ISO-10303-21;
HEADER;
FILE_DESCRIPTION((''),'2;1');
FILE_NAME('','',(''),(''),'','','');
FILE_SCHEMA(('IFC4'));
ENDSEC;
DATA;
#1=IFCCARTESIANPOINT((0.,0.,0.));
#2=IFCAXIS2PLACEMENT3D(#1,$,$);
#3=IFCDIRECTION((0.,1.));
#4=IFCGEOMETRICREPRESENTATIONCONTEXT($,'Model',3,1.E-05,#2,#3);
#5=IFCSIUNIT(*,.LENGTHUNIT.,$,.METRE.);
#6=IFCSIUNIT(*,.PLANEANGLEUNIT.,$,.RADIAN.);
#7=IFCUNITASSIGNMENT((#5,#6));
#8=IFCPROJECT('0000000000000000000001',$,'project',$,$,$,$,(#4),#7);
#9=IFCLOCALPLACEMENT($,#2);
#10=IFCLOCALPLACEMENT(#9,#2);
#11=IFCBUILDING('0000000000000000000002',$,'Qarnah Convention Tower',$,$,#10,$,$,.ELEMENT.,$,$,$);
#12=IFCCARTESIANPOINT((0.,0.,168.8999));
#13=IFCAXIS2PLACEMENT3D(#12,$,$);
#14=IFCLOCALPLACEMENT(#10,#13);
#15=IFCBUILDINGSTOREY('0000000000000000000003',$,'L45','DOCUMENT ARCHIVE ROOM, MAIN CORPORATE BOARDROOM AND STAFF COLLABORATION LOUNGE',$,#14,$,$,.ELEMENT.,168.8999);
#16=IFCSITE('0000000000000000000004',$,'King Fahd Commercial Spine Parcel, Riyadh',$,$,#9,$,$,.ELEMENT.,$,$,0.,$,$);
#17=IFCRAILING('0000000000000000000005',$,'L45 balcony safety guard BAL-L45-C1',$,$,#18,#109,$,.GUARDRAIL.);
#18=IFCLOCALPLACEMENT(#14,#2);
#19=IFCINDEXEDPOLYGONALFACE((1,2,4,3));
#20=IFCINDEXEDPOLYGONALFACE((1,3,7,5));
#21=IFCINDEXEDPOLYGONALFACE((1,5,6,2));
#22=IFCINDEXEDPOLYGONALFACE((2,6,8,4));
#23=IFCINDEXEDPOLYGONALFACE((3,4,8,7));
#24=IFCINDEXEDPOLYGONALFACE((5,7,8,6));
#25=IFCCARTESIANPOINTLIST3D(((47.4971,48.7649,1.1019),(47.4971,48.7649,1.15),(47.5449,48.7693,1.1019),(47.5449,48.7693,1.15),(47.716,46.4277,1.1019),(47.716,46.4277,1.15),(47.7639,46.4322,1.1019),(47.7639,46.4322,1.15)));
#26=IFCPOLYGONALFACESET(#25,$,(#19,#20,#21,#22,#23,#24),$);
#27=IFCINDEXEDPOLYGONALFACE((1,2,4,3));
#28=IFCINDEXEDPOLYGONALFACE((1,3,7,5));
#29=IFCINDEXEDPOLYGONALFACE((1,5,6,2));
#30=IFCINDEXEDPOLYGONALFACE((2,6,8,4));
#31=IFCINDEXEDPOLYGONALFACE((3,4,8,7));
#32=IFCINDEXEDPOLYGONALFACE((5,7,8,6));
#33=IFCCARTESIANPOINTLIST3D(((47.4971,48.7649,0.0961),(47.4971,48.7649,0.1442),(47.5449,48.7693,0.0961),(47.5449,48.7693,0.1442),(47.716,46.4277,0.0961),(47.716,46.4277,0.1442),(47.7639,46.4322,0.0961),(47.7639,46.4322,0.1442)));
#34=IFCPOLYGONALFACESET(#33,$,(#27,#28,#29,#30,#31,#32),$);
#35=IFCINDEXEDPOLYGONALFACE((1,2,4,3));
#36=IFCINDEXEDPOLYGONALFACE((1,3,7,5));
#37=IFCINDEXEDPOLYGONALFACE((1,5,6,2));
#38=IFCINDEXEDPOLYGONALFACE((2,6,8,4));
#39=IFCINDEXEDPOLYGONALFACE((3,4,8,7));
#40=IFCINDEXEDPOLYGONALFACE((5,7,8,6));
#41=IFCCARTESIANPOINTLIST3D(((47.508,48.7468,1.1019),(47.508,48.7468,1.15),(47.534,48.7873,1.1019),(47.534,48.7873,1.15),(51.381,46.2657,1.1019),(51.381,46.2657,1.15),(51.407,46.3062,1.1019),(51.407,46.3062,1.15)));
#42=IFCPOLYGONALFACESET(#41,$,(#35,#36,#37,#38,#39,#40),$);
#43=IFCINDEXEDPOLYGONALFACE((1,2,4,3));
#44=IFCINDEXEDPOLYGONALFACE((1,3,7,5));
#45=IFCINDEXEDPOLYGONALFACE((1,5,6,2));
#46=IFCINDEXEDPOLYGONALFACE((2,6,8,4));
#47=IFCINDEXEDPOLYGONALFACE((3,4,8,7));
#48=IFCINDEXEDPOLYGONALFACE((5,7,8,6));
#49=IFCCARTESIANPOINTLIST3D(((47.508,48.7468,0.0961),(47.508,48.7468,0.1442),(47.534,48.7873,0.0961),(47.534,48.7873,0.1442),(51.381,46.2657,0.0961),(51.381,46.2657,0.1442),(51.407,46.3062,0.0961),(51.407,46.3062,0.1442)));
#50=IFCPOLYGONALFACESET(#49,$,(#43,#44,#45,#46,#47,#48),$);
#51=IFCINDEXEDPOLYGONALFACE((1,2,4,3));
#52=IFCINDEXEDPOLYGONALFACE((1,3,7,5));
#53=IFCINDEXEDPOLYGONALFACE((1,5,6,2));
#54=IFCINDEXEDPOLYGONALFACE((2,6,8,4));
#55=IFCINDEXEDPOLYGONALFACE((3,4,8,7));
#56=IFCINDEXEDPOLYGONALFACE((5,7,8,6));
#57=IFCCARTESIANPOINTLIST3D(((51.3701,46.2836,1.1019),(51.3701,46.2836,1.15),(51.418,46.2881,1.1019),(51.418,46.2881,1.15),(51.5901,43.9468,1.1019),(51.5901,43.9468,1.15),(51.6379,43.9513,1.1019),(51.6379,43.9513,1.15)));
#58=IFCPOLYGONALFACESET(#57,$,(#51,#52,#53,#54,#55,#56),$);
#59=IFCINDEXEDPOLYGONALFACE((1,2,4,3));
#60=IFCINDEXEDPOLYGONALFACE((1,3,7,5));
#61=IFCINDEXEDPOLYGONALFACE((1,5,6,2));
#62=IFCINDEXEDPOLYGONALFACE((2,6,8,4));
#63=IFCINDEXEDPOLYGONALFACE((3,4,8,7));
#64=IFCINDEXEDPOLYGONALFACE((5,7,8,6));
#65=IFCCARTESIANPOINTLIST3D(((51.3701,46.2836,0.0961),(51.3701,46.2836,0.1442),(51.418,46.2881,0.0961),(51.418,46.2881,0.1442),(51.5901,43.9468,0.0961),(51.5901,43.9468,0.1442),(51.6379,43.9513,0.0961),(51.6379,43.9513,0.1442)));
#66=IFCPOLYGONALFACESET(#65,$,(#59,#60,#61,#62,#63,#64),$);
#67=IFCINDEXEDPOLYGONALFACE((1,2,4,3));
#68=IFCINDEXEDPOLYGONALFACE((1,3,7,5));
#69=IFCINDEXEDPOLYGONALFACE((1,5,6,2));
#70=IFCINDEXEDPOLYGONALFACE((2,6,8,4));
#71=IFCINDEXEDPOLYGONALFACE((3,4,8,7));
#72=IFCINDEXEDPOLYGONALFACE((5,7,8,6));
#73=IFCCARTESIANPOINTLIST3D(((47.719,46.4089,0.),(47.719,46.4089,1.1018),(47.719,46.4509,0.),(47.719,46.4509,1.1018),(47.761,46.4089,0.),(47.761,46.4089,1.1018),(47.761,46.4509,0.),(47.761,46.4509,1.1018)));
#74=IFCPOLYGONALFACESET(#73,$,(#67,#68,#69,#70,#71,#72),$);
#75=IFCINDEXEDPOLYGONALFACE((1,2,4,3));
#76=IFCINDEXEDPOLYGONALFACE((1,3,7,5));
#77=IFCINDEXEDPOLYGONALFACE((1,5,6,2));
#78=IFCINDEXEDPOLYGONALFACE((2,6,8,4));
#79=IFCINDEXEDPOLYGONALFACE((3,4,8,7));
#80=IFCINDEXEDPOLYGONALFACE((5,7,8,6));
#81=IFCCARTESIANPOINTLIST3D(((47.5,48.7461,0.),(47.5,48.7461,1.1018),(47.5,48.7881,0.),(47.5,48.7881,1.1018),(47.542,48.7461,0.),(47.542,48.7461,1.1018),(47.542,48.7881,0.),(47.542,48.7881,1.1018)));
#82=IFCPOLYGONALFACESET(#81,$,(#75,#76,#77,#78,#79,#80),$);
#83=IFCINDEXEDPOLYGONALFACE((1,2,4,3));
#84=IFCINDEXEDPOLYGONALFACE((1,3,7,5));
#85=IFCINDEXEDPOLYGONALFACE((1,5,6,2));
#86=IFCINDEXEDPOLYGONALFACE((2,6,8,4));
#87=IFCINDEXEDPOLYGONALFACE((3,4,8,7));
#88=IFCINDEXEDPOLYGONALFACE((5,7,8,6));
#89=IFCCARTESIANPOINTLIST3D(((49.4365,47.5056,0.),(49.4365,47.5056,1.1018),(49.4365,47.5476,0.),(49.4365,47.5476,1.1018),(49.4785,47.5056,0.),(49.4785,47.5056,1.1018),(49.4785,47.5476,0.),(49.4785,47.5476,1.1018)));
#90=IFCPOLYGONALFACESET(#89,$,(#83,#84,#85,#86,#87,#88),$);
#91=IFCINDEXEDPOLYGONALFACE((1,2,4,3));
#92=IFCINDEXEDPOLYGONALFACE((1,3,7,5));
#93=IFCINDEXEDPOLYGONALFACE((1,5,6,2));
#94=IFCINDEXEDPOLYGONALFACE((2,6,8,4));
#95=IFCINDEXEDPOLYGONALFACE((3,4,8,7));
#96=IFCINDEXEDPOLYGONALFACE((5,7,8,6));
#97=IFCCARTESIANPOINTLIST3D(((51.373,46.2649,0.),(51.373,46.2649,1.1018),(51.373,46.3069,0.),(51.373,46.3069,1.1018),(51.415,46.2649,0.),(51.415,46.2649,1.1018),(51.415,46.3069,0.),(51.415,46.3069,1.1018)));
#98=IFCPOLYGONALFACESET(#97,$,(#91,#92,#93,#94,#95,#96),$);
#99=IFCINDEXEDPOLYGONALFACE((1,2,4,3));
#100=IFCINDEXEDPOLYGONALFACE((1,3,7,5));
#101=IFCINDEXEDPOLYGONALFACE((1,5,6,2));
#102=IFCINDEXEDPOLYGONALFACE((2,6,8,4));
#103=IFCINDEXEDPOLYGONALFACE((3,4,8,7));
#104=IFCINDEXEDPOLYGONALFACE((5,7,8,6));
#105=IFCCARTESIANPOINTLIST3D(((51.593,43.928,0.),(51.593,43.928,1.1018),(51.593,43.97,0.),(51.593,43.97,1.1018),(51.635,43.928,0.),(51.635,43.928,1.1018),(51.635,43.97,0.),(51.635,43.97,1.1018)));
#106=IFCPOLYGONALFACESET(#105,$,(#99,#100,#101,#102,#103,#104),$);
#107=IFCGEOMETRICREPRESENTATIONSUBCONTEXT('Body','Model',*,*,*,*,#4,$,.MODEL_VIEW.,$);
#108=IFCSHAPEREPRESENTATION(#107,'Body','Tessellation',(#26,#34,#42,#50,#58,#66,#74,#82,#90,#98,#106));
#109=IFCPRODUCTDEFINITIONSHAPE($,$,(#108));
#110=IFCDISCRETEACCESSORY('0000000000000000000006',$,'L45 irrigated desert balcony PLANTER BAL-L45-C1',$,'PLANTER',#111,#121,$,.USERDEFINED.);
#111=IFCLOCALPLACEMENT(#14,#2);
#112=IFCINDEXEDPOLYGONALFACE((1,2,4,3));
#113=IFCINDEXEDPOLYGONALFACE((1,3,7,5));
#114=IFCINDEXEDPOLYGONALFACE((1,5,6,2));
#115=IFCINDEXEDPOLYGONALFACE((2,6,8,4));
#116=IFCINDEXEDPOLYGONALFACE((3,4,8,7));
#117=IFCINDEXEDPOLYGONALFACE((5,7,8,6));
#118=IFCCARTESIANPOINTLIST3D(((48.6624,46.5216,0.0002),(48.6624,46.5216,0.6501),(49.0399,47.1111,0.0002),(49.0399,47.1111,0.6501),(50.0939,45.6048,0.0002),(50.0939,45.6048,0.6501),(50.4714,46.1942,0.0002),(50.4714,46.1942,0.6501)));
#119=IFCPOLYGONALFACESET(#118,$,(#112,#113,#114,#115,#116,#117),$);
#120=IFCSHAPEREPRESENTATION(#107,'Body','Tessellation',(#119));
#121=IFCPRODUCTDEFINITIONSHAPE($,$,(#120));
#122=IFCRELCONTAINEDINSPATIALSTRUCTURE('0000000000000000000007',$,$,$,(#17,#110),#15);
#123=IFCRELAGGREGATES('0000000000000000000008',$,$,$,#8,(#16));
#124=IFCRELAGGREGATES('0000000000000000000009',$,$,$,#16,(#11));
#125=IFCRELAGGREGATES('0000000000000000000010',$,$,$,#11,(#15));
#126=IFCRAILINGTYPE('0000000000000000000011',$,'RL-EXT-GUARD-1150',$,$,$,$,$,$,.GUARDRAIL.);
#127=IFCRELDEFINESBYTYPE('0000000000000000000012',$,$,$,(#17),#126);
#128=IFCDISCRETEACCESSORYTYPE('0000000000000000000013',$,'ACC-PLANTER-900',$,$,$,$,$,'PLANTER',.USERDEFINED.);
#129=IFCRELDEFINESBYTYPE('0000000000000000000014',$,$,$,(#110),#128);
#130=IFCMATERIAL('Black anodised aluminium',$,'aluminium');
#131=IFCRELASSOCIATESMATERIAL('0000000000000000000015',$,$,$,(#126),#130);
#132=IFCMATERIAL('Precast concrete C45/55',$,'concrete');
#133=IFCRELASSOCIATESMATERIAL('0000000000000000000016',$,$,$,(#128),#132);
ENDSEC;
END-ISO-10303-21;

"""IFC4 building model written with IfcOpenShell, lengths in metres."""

from ifc_helpers import new_model, si_unit, direction, frame, origin, origin_2d, place, context, subcontext, project, spatial, rectangle, extrude, material, type_object, element, save


model = new_model("IFC4")

# Units and contexts
model_context = context("Model", 3, precision=1e-05, world=origin(), true_north=direction((0.0, 1.0)))
body_context = subcontext(model_context, "Body", "Model", "MODEL_VIEW")
ifc_project = project(units=[si_unit("LENGTHUNIT", "METRE"), si_unit("PLANEANGLEUNIT", "RADIAN")], contexts=[model_context])

# Site, building, storey
site_placement = place(None, origin())
site = spatial("IfcSite", under=ifc_project, at=site_placement, Name="King Fahd Commercial Spine Parcel, Riyadh", CompositionType="ELEMENT", RefElevation=0.0)
building_placement = place(site_placement, origin())
building = spatial("IfcBuilding", under=site, at=building_placement, Name="Qarnah Convention Tower", CompositionType="ELEMENT")
storey_placement = place(building_placement, frame((0.0, 0.0, 168.8999)))
storey = spatial("IfcBuildingStorey", under=building, at=storey_placement, Name="L45", Description="DOCUMENT ARCHIVE ROOM, MAIN CORPORATE BOARDROOM AND STAFF COLLABORATION LOUNGE", CompositionType="ELEMENT", Elevation=168.8999)

# Shared definitions
ifc_material_1 = material(Name="Black anodised aluminium", Category="aluminium")

# Shared definitions
ifc_material_2 = material(Name="Precast concrete C45/55", Category="concrete")

# Railing
railing_type = type_object("IfcRailingType", Name="RL-EXT-GUARD-1150", PredefinedType="GUARDRAIL", material=ifc_material_1)
railing_1_placement = place(storey_placement, frame((47.74, 46.4299, 0.0)))
element("IfcRailing", 1, at=railing_1_placement, inside=storey, type_object=railing_type, Name="L45 balcony safety guard BAL-L45-C1", PredefinedType="GUARDRAIL", context=body_context, shape_type="SweptSolid", body=[
    extrude(rectangle(XDim=0.0481, YDim=0.0481, at=origin_2d()), frame((0.0, 0.0, 1.126), z_axis=(-0.093292, 0.995639, 0.0), x_axis=(-0.995639, -0.093292, 0.0)), (0.0, 0.0, 1.0), 2.3474),
    extrude(rectangle(XDim=0.0481, YDim=0.0481, at=origin_2d()), frame((0.0, 0.0, 0.1201), z_axis=(-0.093292, 0.995639, 0.0), x_axis=(-0.995639, -0.093292, 0.0)), (0.0, 0.0, 1.0), 2.3474),
    extrude(rectangle(XDim=0.0481, YDim=0.0481, at=origin_2d()), frame((-0.219, 2.3372, 1.126), z_axis=(0.842029, -0.539432, 0.0), x_axis=(0.539432, 0.842029, 0.0)), (0.0, 0.0, 1.0), 4.5996),
    extrude(rectangle(XDim=0.0481, YDim=0.0481, at=origin_2d()), frame((-0.219, 2.3372, 0.1201), z_axis=(0.842029, -0.539432, 0.0), x_axis=(0.539432, 0.842029, 0.0)), (0.0, 0.0, 1.0), 4.5996),
    extrude(rectangle(XDim=0.0481, YDim=0.0481, at=origin_2d()), frame((3.6541, -0.144, 1.126), z_axis=(0.093714, -0.995599, 0.0), x_axis=(0.995599, 0.093714, 0.0)), (0.0, 0.0, 1.0), 2.3472),
    extrude(rectangle(XDim=0.0481, YDim=0.0481, at=origin_2d()), frame((3.6541, -0.144, 0.1201), z_axis=(0.093714, -0.995599, 0.0), x_axis=(0.995599, 0.093714, 0.0)), (0.0, 0.0, 1.0), 2.3472),
    extrude(rectangle(XDim=0.042, YDim=0.042, at=origin_2d()), origin(), (0.0, 0.0, 1.0), 1.1018),
    extrude(rectangle(XDim=0.042, YDim=0.042, at=origin_2d()), frame((-0.219, 2.3372, 0.0)), (0.0, 0.0, 1.0), 1.1018),
    extrude(rectangle(XDim=0.042, YDim=0.042, at=origin_2d()), frame((1.7175, 1.0967, 0.0)), (0.0, 0.0, 1.0), 1.1018),
    extrude(rectangle(XDim=0.042, YDim=0.042, at=origin_2d()), frame((3.6541, -0.144, 0.0)), (0.0, 0.0, 1.0), 1.1018),
    extrude(rectangle(XDim=0.042, YDim=0.042, at=origin_2d()), frame((3.874, -2.481, 0.0)), (0.0, 0.0, 1.0), 1.1018),
])

# Discrete accessory
discrete_accessory_type = type_object("IfcDiscreteAccessoryType", Name="ACC-PLANTER-900", ElementType="PLANTER", PredefinedType="USERDEFINED", material=ifc_material_2)
discrete_accessory_placement = place(storey_placement, frame((49.5669, 46.3579, 0.0002), z_axis=(0.0, 0.0, 1.0), x_axis=(-0.842076, 0.539359, 0.0)))
element("IfcDiscreteAccessory", 2, at=discrete_accessory_placement, inside=storey, type_object=discrete_accessory_type, Name="L45 irrigated desert balcony PLANTER BAL-L45-C1", ObjectType="PLANTER", PredefinedType="USERDEFINED", context=body_context, shape_type="SweptSolid", body=[
    extrude(rectangle(XDim=1.7, YDim=0.7, at=origin_2d()), origin(), (0.0, 0.0, 1.0), 0.6499),
])

save(model, "model.ifc")
